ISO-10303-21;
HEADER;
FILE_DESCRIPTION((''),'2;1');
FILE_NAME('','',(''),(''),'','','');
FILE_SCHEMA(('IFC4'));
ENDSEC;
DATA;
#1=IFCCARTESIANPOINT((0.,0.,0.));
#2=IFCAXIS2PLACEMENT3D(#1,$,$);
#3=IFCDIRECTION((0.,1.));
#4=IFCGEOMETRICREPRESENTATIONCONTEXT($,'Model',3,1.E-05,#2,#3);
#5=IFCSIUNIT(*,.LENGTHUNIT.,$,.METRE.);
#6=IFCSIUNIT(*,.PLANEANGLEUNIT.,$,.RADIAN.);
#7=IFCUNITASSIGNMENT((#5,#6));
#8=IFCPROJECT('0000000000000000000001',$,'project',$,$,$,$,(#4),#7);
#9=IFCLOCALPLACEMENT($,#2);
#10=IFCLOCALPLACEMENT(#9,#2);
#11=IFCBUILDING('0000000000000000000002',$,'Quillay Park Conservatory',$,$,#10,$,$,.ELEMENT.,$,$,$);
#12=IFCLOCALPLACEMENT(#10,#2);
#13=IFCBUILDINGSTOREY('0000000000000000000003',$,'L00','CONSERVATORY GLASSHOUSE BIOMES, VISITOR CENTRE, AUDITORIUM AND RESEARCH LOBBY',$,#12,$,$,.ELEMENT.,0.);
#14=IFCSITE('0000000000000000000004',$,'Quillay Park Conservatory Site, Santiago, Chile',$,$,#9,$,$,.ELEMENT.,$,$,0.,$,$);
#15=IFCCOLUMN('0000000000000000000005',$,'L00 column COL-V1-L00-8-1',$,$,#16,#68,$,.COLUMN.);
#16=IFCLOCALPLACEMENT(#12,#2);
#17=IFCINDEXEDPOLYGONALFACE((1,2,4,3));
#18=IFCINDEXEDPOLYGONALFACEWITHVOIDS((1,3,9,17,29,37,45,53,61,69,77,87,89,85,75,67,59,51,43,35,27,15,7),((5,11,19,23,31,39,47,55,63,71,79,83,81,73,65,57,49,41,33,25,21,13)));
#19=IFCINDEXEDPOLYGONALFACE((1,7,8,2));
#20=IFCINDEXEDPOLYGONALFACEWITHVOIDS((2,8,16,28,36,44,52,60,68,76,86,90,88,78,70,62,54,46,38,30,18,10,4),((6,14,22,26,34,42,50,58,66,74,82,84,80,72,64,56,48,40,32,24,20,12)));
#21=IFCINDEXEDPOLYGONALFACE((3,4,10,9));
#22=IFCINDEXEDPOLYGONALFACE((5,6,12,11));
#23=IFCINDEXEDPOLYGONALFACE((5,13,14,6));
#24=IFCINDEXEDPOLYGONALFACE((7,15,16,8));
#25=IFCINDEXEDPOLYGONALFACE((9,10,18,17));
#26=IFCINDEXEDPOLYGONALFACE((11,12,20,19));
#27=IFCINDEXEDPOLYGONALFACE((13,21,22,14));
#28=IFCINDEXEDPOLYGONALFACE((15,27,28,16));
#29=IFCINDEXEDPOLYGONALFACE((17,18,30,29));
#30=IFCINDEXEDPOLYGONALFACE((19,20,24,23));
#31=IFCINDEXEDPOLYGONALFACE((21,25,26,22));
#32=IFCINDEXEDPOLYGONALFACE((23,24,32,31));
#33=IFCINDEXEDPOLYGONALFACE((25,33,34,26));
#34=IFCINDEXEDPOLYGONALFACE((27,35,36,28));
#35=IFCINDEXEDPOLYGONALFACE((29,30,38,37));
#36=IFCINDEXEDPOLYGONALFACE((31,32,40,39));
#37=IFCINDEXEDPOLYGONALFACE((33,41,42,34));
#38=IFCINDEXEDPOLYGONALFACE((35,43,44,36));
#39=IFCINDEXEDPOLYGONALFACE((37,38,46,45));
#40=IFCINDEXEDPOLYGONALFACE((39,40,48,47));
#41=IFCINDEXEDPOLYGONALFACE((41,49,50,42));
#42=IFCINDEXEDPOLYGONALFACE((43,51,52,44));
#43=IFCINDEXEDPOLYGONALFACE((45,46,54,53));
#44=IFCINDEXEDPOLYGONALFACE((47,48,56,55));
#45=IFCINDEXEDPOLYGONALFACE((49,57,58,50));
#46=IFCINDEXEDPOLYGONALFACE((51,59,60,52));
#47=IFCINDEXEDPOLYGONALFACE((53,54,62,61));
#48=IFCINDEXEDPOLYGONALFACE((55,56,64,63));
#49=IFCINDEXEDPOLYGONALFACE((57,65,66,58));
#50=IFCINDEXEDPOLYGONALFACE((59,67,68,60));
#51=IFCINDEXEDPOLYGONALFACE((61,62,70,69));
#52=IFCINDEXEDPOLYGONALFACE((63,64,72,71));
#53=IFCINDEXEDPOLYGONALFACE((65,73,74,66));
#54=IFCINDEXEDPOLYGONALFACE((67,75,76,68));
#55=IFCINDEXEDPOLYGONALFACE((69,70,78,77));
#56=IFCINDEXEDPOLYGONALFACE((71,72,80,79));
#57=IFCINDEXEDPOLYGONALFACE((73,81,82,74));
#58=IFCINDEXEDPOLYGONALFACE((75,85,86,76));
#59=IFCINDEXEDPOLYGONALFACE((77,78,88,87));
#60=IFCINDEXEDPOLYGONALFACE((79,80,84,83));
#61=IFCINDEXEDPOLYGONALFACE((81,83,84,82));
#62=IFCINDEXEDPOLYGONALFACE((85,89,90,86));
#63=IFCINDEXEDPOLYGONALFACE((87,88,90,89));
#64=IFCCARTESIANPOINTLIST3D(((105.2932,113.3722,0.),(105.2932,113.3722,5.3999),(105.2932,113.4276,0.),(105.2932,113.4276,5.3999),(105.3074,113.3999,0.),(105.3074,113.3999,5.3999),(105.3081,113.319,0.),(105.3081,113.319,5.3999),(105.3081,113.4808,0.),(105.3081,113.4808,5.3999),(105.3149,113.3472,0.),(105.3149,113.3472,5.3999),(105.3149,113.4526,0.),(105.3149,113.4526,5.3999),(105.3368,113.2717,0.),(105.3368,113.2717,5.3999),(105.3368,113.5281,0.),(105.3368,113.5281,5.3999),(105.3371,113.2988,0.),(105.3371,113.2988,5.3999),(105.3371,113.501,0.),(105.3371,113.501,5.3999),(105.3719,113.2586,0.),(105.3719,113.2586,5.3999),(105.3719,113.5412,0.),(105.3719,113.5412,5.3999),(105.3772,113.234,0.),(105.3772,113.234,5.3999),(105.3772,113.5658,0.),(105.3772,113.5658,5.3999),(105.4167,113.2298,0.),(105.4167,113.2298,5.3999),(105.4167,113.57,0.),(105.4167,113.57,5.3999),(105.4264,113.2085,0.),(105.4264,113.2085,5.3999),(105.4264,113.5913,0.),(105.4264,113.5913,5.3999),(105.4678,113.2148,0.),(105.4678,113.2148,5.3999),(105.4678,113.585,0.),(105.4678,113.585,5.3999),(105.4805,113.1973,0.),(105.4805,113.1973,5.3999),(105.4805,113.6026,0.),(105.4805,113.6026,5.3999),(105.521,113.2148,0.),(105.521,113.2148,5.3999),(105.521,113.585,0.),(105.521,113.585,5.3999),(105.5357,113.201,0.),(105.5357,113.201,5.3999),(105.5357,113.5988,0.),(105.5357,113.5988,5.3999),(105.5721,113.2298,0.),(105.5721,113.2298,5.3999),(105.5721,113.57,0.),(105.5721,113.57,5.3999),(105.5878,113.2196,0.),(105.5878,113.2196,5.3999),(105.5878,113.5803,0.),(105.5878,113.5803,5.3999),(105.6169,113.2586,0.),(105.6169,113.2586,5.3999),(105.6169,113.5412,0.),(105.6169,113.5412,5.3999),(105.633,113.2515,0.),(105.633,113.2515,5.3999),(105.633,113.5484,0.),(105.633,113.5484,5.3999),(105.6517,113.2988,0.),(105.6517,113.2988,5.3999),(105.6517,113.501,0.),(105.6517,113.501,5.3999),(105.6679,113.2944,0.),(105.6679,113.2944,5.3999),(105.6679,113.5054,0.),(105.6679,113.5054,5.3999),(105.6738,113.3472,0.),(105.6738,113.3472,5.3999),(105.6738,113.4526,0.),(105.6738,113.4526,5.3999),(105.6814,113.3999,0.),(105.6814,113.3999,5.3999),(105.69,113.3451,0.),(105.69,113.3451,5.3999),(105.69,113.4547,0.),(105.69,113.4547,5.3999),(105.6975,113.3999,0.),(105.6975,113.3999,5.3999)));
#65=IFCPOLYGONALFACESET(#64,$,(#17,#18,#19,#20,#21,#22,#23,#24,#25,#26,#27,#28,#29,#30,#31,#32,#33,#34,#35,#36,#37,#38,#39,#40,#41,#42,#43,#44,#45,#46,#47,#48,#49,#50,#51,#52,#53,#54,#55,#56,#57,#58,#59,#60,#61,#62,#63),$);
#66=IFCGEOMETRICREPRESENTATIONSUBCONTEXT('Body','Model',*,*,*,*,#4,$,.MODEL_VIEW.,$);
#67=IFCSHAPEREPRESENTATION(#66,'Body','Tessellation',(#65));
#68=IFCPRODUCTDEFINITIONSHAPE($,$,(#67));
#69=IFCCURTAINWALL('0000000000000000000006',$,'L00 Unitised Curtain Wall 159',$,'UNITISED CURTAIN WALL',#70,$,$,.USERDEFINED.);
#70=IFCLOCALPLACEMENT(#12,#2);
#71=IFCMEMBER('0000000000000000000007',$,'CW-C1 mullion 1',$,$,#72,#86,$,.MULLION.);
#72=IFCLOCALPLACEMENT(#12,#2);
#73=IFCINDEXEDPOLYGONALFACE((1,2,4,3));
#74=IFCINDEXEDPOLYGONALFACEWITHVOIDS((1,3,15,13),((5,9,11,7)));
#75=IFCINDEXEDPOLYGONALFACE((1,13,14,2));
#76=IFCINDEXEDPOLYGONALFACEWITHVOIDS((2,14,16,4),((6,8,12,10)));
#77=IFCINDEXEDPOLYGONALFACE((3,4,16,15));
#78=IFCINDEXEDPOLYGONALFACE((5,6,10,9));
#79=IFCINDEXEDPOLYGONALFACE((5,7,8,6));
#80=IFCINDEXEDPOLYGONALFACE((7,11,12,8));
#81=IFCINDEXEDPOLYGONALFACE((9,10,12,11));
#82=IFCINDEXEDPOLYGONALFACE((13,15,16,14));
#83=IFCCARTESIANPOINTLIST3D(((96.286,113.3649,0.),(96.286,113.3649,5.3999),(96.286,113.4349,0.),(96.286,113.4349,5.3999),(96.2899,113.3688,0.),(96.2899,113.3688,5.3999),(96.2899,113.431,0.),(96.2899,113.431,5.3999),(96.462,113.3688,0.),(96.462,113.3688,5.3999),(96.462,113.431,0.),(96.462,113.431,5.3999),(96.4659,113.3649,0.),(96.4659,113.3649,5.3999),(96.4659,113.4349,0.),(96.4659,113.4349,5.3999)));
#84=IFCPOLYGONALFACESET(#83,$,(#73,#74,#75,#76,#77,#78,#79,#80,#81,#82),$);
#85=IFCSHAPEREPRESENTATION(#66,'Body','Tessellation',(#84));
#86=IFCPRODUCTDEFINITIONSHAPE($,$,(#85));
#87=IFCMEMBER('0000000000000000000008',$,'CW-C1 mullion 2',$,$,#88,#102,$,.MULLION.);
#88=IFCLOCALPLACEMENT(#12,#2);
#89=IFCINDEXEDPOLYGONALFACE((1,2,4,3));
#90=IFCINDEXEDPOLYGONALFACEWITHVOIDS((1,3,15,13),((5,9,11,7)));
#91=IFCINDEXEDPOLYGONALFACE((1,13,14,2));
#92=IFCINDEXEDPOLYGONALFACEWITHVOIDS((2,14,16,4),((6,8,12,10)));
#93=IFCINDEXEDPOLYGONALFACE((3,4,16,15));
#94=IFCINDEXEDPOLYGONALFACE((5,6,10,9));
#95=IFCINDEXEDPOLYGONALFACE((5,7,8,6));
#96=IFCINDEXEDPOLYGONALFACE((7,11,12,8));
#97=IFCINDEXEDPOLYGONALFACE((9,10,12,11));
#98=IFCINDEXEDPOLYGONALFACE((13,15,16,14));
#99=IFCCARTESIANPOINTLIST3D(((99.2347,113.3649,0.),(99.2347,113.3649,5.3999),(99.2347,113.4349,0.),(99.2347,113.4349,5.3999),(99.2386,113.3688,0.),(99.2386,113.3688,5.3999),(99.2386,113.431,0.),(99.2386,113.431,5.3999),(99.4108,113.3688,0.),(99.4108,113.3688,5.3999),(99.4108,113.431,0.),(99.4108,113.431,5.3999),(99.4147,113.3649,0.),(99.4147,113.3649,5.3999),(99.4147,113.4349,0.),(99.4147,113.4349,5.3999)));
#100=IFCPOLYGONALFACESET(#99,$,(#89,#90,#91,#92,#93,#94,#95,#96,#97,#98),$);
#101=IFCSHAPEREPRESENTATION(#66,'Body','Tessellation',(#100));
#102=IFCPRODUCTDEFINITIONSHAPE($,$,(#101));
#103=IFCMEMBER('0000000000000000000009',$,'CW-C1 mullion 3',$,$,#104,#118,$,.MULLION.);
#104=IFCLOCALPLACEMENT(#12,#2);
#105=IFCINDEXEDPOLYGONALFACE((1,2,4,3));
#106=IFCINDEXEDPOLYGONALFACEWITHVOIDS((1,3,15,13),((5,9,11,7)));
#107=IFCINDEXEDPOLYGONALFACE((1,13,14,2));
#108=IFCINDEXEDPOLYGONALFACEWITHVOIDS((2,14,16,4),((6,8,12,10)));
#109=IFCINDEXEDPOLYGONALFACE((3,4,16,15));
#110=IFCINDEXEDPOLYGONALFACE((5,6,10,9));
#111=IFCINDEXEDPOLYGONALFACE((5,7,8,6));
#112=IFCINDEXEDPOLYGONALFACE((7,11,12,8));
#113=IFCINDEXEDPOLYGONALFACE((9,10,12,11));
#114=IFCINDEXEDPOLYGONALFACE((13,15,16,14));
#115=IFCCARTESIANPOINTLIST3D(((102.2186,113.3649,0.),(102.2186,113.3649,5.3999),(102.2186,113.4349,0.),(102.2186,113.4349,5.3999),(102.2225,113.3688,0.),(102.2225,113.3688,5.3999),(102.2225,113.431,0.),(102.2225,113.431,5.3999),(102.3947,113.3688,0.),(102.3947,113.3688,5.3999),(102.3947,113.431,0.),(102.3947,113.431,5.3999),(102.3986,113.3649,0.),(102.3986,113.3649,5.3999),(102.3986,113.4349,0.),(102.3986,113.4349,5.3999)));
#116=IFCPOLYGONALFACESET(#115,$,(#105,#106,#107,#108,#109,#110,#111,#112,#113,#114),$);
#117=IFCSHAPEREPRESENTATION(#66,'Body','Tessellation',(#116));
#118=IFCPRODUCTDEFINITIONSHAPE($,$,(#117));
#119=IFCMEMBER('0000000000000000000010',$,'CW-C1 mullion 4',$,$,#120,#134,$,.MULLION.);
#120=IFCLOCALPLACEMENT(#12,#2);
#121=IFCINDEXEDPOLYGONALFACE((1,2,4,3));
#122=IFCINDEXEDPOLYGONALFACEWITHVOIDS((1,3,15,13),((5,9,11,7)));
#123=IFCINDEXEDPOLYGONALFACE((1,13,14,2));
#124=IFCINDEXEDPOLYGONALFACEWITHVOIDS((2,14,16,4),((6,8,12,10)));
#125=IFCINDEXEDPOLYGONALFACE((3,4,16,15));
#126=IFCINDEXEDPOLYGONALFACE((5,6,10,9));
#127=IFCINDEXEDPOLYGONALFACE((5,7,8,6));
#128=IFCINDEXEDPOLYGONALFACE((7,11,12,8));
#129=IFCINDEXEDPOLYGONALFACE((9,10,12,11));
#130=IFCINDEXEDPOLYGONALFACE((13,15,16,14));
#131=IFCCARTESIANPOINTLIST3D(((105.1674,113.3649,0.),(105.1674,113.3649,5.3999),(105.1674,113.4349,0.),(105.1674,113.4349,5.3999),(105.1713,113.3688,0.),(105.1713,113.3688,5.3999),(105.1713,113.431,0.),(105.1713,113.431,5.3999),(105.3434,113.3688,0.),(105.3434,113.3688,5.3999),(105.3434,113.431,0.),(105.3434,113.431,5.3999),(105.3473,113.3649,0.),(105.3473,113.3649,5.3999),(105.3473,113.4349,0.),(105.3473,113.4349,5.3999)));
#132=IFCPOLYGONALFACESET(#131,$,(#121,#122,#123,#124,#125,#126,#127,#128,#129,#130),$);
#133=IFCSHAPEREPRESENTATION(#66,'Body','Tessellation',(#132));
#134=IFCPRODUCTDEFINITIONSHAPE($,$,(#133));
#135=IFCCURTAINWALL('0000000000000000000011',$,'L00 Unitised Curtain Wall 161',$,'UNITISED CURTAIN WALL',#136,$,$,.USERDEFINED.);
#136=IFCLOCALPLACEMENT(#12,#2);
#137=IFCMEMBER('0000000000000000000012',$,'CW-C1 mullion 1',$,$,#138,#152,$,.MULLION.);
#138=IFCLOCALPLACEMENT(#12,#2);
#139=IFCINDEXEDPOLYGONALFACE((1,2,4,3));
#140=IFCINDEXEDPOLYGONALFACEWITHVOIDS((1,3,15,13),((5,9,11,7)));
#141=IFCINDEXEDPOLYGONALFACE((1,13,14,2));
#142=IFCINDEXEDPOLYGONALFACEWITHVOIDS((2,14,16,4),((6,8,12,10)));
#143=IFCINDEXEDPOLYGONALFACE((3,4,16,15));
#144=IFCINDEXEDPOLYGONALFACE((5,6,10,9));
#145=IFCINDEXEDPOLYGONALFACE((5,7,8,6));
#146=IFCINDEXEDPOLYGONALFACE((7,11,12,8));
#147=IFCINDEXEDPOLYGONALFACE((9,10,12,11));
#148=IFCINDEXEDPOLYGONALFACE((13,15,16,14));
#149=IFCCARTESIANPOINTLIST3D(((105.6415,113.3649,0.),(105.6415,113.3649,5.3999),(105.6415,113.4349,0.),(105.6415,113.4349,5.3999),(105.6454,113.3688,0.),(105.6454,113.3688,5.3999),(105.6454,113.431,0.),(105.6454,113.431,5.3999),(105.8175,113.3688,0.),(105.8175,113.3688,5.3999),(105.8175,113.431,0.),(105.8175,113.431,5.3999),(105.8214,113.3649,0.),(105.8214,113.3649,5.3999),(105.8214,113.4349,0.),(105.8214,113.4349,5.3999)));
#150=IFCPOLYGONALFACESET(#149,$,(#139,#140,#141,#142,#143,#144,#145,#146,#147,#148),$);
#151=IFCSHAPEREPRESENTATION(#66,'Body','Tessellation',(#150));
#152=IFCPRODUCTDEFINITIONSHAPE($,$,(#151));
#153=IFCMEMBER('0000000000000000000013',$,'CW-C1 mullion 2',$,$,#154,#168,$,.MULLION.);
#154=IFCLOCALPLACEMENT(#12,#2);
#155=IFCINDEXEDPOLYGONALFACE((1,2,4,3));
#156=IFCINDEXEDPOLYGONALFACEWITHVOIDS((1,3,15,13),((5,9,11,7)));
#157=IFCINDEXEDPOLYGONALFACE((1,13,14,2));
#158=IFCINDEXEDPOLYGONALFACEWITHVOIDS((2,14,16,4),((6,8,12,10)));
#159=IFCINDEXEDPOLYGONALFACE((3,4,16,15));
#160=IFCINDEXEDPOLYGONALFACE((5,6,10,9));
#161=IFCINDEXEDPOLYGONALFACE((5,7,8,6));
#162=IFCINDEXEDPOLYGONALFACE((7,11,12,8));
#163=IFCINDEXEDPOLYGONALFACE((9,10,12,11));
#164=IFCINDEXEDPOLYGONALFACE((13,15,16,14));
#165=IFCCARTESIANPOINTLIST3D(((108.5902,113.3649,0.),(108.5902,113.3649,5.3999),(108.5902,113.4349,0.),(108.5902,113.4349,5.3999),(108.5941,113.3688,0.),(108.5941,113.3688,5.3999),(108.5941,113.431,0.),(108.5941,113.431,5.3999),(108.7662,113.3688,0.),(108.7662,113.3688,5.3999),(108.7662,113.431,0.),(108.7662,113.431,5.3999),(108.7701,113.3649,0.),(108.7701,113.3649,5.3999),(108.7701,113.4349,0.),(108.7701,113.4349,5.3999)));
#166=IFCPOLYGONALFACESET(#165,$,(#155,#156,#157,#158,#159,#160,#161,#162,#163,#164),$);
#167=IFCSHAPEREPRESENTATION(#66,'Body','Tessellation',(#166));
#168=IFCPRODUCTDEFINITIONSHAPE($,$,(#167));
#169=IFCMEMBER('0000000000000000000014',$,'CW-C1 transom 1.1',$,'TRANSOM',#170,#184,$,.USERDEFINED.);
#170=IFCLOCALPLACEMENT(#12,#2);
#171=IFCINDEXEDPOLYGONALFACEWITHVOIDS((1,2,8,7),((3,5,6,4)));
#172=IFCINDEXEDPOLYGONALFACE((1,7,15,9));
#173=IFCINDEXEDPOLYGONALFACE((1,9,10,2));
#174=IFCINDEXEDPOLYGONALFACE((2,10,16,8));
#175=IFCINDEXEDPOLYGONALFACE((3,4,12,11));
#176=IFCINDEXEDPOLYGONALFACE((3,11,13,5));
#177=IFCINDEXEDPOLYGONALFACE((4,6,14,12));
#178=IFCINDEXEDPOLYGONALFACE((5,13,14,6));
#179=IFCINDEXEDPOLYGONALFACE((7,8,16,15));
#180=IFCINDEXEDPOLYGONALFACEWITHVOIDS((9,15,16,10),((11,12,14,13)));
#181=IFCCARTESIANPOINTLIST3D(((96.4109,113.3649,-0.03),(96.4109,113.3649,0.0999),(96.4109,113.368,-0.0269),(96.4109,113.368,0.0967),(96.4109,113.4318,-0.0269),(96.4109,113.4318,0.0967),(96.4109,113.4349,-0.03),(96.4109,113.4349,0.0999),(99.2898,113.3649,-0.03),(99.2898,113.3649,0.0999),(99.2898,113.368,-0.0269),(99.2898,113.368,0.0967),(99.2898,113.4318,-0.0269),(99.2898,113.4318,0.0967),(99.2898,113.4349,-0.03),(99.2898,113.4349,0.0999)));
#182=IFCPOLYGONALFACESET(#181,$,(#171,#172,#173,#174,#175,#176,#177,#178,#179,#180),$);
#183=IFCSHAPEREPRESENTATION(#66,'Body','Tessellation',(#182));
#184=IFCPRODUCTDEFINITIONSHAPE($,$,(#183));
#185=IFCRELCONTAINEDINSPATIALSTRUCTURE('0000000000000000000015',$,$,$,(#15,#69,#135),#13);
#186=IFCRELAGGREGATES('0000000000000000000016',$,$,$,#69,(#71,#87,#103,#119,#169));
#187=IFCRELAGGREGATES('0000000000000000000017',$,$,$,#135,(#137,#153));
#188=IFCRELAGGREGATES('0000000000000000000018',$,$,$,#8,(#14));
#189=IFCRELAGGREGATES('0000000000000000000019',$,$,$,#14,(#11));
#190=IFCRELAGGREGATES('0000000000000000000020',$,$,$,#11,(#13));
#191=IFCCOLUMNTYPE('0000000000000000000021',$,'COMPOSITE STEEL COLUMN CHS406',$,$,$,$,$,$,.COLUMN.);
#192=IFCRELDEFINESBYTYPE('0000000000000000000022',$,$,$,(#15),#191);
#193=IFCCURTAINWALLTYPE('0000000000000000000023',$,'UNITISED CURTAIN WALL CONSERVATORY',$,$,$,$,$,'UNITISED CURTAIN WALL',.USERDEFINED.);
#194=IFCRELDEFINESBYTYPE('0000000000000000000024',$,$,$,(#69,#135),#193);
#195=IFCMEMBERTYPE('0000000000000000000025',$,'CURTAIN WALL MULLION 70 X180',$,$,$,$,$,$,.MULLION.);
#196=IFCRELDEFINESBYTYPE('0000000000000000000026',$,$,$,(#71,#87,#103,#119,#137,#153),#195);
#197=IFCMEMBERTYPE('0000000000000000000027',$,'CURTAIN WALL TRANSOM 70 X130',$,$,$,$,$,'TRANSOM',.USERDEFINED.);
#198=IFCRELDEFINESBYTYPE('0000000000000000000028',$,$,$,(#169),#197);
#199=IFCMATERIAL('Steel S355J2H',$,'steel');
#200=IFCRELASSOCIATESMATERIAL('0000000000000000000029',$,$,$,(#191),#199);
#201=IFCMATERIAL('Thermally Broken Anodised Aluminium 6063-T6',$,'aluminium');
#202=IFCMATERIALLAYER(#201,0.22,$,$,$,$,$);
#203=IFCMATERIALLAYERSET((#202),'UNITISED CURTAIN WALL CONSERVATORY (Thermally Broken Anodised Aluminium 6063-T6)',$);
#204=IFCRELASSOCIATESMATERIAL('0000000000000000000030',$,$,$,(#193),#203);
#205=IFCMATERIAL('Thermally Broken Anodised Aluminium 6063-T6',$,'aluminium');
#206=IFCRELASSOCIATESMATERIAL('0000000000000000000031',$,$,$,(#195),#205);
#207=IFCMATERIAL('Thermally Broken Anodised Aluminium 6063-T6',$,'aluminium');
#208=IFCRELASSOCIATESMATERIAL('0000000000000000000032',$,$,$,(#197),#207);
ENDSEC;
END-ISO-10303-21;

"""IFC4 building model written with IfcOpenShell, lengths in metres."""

from ifc_helpers import new_model, si_unit, direction, frame, origin, origin_2d, place, context, subcontext, project, spatial, hollow_rectangle, hollow_circle, extrude, material, layer, layer_set, material_profile, profile_set, type_object, element, aggregate, save


model = new_model("IFC4")

# Units and contexts
model_context = context("Model", 3, precision=1e-05, world=origin(), true_north=direction((0.0, 1.0)))
body_context = subcontext(model_context, "Body", "Model", "MODEL_VIEW")
ifc_project = project(units=[si_unit("LENGTHUNIT", "METRE"), si_unit("PLANEANGLEUNIT", "RADIAN")], contexts=[model_context])

# Site, building, storey
site_placement = place(None, origin())
site = spatial("IfcSite", under=ifc_project, at=site_placement, Name="Quillay Park Conservatory Site, Santiago, Chile", CompositionType="ELEMENT", RefElevation=0.0)
building_placement = place(site_placement, origin())
building = spatial("IfcBuilding", under=site, at=building_placement, Name="Quillay Park Conservatory", CompositionType="ELEMENT")
storey_placement = place(building_placement, origin())
storey = spatial("IfcBuildingStorey", under=building, at=storey_placement, Name="L00", Description="CONSERVATORY GLASSHOUSE BIOMES, VISITOR CENTRE, AUDITORIUM AND RESEARCH LOBBY", CompositionType="ELEMENT", Elevation=0.0)

# Column
ifc_material_1 = material(Name="Steel S355J2H", Category="steel")
ifc_material_profile_1 = material_profile(ifc_material_1, hollow_circle(Radius=0.2031, WallThickness=0.0161, at=origin_2d()), Name="CHS406.4x16")
ifc_profile_set_1 = profile_set([ifc_material_profile_1], Name="Steel S355J2H")
column_type = type_object("IfcColumnType", Name="COMPOSITE STEEL COLUMN CHS406", PredefinedType="COLUMN", material=ifc_profile_set_1)
column_placement = place(storey_placement, frame((105.4944, 113.3999, 0.0), z_axis=(0.0, 0.0, 1.0), x_axis=(1.0, 0.0, 0.0)))
element("IfcColumn", 1, at=column_placement, inside=storey, type_object=column_type, Name="L00 column COL-V1-L00-8-1", PredefinedType="COLUMN", context=body_context, shape_type="SweptSolid", body=[
    extrude(hollow_circle(Radius=0.2031, WallThickness=0.0161, at=origin_2d()), origin(), (0.0, 0.0, 1.0), 5.3999),
])

# Curtain walls, members
ifc_material_2 = material(Name="Thermally Broken Anodised Aluminium 6063-T6", Category="aluminium")
ifc_layer_1 = layer(ifc_material_2, 0.22)
ifc_layer_set_1 = layer_set([ifc_layer_1], Name="UNITISED CURTAIN WALL CONSERVATORY (Thermally Broken Anodised Aluminium 6063-T6)")
curtain_wall_type = type_object("IfcCurtainWallType", Name="UNITISED CURTAIN WALL CONSERVATORY", ElementType="UNITISED CURTAIN WALL", PredefinedType="USERDEFINED", material=ifc_layer_set_1)
curtain_wall_1_placement = place(storey_placement, origin())
curtain_wall_1 = element("IfcCurtainWall", 2, at=curtain_wall_1_placement, inside=storey, type_object=curtain_wall_type, Name="L00 Unitised Curtain Wall 159", ObjectType="UNITISED CURTAIN WALL", PredefinedType="USERDEFINED")
ifc_material_3 = material(Name="Thermally Broken Anodised Aluminium 6063-T6", Category="aluminium")
ifc_material_profile_2 = material_profile(ifc_material_3, hollow_rectangle(XDim=0.0701, YDim=0.1799, WallThickness=0.0039, at=origin_2d()), Name="AL70x180x4")
ifc_profile_set_2 = profile_set([ifc_material_profile_2], Name="Thermally Broken Anodised Aluminium 6063-T6")
member_type_1 = type_object("IfcMemberType", Name="CURTAIN WALL MULLION 70 X180", PredefinedType="MULLION", material=ifc_profile_set_2)
member_1_placement = place(storey_placement, frame((96.376, 113.3999, 0.0), z_axis=(0.0, 0.0, 1.0), x_axis=(0.0, 1.0, 0.0)))
member_1 = element("IfcMember", 3, at=member_1_placement, type_object=member_type_1, Name="CW-C1 mullion 1", PredefinedType="MULLION", context=body_context, shape_type="SweptSolid", body=[
    extrude(hollow_rectangle(XDim=0.0701, YDim=0.1799, WallThickness=0.0039, at=origin_2d()), origin(), (0.0, 0.0, 1.0), 5.3999),
])
member_2_placement = place(storey_placement, frame((99.3247, 113.3999, 0.0), z_axis=(0.0, 0.0, 1.0), x_axis=(0.0, 1.0, 0.0)))
member_2 = element("IfcMember", 4, at=member_2_placement, type_object=member_type_1, Name="CW-C1 mullion 2", PredefinedType="MULLION", context=body_context, shape_type="SweptSolid", body=[
    extrude(hollow_rectangle(XDim=0.0701, YDim=0.1799, WallThickness=0.0039, at=origin_2d()), origin(), (0.0, 0.0, 1.0), 5.3999),
])
member_3_placement = place(storey_placement, frame((102.3086, 113.3999, 0.0), z_axis=(0.0, 0.0, 1.0), x_axis=(0.0, 1.0, 0.0)))
member_3 = element("IfcMember", 5, at=member_3_placement, type_object=member_type_1, Name="CW-C1 mullion 3", PredefinedType="MULLION", context=body_context, shape_type="SweptSolid", body=[
    extrude(hollow_rectangle(XDim=0.0701, YDim=0.1799, WallThickness=0.0039, at=origin_2d()), origin(), (0.0, 0.0, 1.0), 5.3999),
])
member_4_placement = place(storey_placement, frame((105.2573, 113.3999, 0.0), z_axis=(0.0, 0.0, 1.0), x_axis=(0.0, 1.0, 0.0)))
member_4 = element("IfcMember", 6, at=member_4_placement, type_object=member_type_1, Name="CW-C1 mullion 4", PredefinedType="MULLION", context=body_context, shape_type="SweptSolid", body=[
    extrude(hollow_rectangle(XDim=0.0701, YDim=0.1799, WallThickness=0.0039, at=origin_2d()), origin(), (0.0, 0.0, 1.0), 5.3999),
])
curtain_wall_2_placement = place(storey_placement, origin())
curtain_wall_2 = element("IfcCurtainWall", 7, at=curtain_wall_2_placement, inside=storey, type_object=curtain_wall_type, Name="L00 Unitised Curtain Wall 161", ObjectType="UNITISED CURTAIN WALL", PredefinedType="USERDEFINED")
member_5_placement = place(storey_placement, frame((105.7314, 113.3999, 0.0), z_axis=(0.0, 0.0, 1.0), x_axis=(0.0, 1.0, 0.0)))
member_5 = element("IfcMember", 8, at=member_5_placement, type_object=member_type_1, Name="CW-C1 mullion 1", PredefinedType="MULLION", context=body_context, shape_type="SweptSolid", body=[
    extrude(hollow_rectangle(XDim=0.0701, YDim=0.1799, WallThickness=0.0039, at=origin_2d()), origin(), (0.0, 0.0, 1.0), 5.3999),
])
member_6_placement = place(storey_placement, frame((108.6802, 113.3999, 0.0), z_axis=(0.0, 0.0, 1.0), x_axis=(0.0, 1.0, 0.0)))
member_6 = element("IfcMember", 9, at=member_6_placement, type_object=member_type_1, Name="CW-C1 mullion 2", PredefinedType="MULLION", context=body_context, shape_type="SweptSolid", body=[
    extrude(hollow_rectangle(XDim=0.0701, YDim=0.1799, WallThickness=0.0039, at=origin_2d()), origin(), (0.0, 0.0, 1.0), 5.3999),
])

# Member
ifc_material_4 = material(Name="Thermally Broken Anodised Aluminium 6063-T6", Category="aluminium")
ifc_material_profile_3 = material_profile(ifc_material_4, hollow_rectangle(XDim=0.0701, YDim=0.1299, WallThickness=0.0032, at=origin_2d()), Name="AL70x130x3.2")
ifc_profile_set_3 = profile_set([ifc_material_profile_3], Name="Thermally Broken Anodised Aluminium 6063-T6")
member_type_2 = type_object("IfcMemberType", Name="CURTAIN WALL TRANSOM 70 X130", ElementType="TRANSOM", PredefinedType="USERDEFINED", material=ifc_profile_set_3)
member_7_placement = place(storey_placement, frame((96.4109, 113.3999, 0.0349), z_axis=(1.0, 0.0, 0.0), x_axis=(0.0, 1.0, 0.0)))
member_7 = element("IfcMember", 10, at=member_7_placement, type_object=member_type_2, Name="CW-C1 transom 1.1", ObjectType="TRANSOM", PredefinedType="USERDEFINED", context=body_context, shape_type="SweptSolid", body=[
    extrude(hollow_rectangle(XDim=0.0701, YDim=0.1299, WallThickness=0.0032, at=origin_2d()), origin(), (0.0, 0.0, 1.0), 2.8789),
])

aggregate(curtain_wall_1, [member_1, member_2, member_3, member_4, member_7])
aggregate(curtain_wall_2, [member_5, member_6])

save(model, "model.ifc")
